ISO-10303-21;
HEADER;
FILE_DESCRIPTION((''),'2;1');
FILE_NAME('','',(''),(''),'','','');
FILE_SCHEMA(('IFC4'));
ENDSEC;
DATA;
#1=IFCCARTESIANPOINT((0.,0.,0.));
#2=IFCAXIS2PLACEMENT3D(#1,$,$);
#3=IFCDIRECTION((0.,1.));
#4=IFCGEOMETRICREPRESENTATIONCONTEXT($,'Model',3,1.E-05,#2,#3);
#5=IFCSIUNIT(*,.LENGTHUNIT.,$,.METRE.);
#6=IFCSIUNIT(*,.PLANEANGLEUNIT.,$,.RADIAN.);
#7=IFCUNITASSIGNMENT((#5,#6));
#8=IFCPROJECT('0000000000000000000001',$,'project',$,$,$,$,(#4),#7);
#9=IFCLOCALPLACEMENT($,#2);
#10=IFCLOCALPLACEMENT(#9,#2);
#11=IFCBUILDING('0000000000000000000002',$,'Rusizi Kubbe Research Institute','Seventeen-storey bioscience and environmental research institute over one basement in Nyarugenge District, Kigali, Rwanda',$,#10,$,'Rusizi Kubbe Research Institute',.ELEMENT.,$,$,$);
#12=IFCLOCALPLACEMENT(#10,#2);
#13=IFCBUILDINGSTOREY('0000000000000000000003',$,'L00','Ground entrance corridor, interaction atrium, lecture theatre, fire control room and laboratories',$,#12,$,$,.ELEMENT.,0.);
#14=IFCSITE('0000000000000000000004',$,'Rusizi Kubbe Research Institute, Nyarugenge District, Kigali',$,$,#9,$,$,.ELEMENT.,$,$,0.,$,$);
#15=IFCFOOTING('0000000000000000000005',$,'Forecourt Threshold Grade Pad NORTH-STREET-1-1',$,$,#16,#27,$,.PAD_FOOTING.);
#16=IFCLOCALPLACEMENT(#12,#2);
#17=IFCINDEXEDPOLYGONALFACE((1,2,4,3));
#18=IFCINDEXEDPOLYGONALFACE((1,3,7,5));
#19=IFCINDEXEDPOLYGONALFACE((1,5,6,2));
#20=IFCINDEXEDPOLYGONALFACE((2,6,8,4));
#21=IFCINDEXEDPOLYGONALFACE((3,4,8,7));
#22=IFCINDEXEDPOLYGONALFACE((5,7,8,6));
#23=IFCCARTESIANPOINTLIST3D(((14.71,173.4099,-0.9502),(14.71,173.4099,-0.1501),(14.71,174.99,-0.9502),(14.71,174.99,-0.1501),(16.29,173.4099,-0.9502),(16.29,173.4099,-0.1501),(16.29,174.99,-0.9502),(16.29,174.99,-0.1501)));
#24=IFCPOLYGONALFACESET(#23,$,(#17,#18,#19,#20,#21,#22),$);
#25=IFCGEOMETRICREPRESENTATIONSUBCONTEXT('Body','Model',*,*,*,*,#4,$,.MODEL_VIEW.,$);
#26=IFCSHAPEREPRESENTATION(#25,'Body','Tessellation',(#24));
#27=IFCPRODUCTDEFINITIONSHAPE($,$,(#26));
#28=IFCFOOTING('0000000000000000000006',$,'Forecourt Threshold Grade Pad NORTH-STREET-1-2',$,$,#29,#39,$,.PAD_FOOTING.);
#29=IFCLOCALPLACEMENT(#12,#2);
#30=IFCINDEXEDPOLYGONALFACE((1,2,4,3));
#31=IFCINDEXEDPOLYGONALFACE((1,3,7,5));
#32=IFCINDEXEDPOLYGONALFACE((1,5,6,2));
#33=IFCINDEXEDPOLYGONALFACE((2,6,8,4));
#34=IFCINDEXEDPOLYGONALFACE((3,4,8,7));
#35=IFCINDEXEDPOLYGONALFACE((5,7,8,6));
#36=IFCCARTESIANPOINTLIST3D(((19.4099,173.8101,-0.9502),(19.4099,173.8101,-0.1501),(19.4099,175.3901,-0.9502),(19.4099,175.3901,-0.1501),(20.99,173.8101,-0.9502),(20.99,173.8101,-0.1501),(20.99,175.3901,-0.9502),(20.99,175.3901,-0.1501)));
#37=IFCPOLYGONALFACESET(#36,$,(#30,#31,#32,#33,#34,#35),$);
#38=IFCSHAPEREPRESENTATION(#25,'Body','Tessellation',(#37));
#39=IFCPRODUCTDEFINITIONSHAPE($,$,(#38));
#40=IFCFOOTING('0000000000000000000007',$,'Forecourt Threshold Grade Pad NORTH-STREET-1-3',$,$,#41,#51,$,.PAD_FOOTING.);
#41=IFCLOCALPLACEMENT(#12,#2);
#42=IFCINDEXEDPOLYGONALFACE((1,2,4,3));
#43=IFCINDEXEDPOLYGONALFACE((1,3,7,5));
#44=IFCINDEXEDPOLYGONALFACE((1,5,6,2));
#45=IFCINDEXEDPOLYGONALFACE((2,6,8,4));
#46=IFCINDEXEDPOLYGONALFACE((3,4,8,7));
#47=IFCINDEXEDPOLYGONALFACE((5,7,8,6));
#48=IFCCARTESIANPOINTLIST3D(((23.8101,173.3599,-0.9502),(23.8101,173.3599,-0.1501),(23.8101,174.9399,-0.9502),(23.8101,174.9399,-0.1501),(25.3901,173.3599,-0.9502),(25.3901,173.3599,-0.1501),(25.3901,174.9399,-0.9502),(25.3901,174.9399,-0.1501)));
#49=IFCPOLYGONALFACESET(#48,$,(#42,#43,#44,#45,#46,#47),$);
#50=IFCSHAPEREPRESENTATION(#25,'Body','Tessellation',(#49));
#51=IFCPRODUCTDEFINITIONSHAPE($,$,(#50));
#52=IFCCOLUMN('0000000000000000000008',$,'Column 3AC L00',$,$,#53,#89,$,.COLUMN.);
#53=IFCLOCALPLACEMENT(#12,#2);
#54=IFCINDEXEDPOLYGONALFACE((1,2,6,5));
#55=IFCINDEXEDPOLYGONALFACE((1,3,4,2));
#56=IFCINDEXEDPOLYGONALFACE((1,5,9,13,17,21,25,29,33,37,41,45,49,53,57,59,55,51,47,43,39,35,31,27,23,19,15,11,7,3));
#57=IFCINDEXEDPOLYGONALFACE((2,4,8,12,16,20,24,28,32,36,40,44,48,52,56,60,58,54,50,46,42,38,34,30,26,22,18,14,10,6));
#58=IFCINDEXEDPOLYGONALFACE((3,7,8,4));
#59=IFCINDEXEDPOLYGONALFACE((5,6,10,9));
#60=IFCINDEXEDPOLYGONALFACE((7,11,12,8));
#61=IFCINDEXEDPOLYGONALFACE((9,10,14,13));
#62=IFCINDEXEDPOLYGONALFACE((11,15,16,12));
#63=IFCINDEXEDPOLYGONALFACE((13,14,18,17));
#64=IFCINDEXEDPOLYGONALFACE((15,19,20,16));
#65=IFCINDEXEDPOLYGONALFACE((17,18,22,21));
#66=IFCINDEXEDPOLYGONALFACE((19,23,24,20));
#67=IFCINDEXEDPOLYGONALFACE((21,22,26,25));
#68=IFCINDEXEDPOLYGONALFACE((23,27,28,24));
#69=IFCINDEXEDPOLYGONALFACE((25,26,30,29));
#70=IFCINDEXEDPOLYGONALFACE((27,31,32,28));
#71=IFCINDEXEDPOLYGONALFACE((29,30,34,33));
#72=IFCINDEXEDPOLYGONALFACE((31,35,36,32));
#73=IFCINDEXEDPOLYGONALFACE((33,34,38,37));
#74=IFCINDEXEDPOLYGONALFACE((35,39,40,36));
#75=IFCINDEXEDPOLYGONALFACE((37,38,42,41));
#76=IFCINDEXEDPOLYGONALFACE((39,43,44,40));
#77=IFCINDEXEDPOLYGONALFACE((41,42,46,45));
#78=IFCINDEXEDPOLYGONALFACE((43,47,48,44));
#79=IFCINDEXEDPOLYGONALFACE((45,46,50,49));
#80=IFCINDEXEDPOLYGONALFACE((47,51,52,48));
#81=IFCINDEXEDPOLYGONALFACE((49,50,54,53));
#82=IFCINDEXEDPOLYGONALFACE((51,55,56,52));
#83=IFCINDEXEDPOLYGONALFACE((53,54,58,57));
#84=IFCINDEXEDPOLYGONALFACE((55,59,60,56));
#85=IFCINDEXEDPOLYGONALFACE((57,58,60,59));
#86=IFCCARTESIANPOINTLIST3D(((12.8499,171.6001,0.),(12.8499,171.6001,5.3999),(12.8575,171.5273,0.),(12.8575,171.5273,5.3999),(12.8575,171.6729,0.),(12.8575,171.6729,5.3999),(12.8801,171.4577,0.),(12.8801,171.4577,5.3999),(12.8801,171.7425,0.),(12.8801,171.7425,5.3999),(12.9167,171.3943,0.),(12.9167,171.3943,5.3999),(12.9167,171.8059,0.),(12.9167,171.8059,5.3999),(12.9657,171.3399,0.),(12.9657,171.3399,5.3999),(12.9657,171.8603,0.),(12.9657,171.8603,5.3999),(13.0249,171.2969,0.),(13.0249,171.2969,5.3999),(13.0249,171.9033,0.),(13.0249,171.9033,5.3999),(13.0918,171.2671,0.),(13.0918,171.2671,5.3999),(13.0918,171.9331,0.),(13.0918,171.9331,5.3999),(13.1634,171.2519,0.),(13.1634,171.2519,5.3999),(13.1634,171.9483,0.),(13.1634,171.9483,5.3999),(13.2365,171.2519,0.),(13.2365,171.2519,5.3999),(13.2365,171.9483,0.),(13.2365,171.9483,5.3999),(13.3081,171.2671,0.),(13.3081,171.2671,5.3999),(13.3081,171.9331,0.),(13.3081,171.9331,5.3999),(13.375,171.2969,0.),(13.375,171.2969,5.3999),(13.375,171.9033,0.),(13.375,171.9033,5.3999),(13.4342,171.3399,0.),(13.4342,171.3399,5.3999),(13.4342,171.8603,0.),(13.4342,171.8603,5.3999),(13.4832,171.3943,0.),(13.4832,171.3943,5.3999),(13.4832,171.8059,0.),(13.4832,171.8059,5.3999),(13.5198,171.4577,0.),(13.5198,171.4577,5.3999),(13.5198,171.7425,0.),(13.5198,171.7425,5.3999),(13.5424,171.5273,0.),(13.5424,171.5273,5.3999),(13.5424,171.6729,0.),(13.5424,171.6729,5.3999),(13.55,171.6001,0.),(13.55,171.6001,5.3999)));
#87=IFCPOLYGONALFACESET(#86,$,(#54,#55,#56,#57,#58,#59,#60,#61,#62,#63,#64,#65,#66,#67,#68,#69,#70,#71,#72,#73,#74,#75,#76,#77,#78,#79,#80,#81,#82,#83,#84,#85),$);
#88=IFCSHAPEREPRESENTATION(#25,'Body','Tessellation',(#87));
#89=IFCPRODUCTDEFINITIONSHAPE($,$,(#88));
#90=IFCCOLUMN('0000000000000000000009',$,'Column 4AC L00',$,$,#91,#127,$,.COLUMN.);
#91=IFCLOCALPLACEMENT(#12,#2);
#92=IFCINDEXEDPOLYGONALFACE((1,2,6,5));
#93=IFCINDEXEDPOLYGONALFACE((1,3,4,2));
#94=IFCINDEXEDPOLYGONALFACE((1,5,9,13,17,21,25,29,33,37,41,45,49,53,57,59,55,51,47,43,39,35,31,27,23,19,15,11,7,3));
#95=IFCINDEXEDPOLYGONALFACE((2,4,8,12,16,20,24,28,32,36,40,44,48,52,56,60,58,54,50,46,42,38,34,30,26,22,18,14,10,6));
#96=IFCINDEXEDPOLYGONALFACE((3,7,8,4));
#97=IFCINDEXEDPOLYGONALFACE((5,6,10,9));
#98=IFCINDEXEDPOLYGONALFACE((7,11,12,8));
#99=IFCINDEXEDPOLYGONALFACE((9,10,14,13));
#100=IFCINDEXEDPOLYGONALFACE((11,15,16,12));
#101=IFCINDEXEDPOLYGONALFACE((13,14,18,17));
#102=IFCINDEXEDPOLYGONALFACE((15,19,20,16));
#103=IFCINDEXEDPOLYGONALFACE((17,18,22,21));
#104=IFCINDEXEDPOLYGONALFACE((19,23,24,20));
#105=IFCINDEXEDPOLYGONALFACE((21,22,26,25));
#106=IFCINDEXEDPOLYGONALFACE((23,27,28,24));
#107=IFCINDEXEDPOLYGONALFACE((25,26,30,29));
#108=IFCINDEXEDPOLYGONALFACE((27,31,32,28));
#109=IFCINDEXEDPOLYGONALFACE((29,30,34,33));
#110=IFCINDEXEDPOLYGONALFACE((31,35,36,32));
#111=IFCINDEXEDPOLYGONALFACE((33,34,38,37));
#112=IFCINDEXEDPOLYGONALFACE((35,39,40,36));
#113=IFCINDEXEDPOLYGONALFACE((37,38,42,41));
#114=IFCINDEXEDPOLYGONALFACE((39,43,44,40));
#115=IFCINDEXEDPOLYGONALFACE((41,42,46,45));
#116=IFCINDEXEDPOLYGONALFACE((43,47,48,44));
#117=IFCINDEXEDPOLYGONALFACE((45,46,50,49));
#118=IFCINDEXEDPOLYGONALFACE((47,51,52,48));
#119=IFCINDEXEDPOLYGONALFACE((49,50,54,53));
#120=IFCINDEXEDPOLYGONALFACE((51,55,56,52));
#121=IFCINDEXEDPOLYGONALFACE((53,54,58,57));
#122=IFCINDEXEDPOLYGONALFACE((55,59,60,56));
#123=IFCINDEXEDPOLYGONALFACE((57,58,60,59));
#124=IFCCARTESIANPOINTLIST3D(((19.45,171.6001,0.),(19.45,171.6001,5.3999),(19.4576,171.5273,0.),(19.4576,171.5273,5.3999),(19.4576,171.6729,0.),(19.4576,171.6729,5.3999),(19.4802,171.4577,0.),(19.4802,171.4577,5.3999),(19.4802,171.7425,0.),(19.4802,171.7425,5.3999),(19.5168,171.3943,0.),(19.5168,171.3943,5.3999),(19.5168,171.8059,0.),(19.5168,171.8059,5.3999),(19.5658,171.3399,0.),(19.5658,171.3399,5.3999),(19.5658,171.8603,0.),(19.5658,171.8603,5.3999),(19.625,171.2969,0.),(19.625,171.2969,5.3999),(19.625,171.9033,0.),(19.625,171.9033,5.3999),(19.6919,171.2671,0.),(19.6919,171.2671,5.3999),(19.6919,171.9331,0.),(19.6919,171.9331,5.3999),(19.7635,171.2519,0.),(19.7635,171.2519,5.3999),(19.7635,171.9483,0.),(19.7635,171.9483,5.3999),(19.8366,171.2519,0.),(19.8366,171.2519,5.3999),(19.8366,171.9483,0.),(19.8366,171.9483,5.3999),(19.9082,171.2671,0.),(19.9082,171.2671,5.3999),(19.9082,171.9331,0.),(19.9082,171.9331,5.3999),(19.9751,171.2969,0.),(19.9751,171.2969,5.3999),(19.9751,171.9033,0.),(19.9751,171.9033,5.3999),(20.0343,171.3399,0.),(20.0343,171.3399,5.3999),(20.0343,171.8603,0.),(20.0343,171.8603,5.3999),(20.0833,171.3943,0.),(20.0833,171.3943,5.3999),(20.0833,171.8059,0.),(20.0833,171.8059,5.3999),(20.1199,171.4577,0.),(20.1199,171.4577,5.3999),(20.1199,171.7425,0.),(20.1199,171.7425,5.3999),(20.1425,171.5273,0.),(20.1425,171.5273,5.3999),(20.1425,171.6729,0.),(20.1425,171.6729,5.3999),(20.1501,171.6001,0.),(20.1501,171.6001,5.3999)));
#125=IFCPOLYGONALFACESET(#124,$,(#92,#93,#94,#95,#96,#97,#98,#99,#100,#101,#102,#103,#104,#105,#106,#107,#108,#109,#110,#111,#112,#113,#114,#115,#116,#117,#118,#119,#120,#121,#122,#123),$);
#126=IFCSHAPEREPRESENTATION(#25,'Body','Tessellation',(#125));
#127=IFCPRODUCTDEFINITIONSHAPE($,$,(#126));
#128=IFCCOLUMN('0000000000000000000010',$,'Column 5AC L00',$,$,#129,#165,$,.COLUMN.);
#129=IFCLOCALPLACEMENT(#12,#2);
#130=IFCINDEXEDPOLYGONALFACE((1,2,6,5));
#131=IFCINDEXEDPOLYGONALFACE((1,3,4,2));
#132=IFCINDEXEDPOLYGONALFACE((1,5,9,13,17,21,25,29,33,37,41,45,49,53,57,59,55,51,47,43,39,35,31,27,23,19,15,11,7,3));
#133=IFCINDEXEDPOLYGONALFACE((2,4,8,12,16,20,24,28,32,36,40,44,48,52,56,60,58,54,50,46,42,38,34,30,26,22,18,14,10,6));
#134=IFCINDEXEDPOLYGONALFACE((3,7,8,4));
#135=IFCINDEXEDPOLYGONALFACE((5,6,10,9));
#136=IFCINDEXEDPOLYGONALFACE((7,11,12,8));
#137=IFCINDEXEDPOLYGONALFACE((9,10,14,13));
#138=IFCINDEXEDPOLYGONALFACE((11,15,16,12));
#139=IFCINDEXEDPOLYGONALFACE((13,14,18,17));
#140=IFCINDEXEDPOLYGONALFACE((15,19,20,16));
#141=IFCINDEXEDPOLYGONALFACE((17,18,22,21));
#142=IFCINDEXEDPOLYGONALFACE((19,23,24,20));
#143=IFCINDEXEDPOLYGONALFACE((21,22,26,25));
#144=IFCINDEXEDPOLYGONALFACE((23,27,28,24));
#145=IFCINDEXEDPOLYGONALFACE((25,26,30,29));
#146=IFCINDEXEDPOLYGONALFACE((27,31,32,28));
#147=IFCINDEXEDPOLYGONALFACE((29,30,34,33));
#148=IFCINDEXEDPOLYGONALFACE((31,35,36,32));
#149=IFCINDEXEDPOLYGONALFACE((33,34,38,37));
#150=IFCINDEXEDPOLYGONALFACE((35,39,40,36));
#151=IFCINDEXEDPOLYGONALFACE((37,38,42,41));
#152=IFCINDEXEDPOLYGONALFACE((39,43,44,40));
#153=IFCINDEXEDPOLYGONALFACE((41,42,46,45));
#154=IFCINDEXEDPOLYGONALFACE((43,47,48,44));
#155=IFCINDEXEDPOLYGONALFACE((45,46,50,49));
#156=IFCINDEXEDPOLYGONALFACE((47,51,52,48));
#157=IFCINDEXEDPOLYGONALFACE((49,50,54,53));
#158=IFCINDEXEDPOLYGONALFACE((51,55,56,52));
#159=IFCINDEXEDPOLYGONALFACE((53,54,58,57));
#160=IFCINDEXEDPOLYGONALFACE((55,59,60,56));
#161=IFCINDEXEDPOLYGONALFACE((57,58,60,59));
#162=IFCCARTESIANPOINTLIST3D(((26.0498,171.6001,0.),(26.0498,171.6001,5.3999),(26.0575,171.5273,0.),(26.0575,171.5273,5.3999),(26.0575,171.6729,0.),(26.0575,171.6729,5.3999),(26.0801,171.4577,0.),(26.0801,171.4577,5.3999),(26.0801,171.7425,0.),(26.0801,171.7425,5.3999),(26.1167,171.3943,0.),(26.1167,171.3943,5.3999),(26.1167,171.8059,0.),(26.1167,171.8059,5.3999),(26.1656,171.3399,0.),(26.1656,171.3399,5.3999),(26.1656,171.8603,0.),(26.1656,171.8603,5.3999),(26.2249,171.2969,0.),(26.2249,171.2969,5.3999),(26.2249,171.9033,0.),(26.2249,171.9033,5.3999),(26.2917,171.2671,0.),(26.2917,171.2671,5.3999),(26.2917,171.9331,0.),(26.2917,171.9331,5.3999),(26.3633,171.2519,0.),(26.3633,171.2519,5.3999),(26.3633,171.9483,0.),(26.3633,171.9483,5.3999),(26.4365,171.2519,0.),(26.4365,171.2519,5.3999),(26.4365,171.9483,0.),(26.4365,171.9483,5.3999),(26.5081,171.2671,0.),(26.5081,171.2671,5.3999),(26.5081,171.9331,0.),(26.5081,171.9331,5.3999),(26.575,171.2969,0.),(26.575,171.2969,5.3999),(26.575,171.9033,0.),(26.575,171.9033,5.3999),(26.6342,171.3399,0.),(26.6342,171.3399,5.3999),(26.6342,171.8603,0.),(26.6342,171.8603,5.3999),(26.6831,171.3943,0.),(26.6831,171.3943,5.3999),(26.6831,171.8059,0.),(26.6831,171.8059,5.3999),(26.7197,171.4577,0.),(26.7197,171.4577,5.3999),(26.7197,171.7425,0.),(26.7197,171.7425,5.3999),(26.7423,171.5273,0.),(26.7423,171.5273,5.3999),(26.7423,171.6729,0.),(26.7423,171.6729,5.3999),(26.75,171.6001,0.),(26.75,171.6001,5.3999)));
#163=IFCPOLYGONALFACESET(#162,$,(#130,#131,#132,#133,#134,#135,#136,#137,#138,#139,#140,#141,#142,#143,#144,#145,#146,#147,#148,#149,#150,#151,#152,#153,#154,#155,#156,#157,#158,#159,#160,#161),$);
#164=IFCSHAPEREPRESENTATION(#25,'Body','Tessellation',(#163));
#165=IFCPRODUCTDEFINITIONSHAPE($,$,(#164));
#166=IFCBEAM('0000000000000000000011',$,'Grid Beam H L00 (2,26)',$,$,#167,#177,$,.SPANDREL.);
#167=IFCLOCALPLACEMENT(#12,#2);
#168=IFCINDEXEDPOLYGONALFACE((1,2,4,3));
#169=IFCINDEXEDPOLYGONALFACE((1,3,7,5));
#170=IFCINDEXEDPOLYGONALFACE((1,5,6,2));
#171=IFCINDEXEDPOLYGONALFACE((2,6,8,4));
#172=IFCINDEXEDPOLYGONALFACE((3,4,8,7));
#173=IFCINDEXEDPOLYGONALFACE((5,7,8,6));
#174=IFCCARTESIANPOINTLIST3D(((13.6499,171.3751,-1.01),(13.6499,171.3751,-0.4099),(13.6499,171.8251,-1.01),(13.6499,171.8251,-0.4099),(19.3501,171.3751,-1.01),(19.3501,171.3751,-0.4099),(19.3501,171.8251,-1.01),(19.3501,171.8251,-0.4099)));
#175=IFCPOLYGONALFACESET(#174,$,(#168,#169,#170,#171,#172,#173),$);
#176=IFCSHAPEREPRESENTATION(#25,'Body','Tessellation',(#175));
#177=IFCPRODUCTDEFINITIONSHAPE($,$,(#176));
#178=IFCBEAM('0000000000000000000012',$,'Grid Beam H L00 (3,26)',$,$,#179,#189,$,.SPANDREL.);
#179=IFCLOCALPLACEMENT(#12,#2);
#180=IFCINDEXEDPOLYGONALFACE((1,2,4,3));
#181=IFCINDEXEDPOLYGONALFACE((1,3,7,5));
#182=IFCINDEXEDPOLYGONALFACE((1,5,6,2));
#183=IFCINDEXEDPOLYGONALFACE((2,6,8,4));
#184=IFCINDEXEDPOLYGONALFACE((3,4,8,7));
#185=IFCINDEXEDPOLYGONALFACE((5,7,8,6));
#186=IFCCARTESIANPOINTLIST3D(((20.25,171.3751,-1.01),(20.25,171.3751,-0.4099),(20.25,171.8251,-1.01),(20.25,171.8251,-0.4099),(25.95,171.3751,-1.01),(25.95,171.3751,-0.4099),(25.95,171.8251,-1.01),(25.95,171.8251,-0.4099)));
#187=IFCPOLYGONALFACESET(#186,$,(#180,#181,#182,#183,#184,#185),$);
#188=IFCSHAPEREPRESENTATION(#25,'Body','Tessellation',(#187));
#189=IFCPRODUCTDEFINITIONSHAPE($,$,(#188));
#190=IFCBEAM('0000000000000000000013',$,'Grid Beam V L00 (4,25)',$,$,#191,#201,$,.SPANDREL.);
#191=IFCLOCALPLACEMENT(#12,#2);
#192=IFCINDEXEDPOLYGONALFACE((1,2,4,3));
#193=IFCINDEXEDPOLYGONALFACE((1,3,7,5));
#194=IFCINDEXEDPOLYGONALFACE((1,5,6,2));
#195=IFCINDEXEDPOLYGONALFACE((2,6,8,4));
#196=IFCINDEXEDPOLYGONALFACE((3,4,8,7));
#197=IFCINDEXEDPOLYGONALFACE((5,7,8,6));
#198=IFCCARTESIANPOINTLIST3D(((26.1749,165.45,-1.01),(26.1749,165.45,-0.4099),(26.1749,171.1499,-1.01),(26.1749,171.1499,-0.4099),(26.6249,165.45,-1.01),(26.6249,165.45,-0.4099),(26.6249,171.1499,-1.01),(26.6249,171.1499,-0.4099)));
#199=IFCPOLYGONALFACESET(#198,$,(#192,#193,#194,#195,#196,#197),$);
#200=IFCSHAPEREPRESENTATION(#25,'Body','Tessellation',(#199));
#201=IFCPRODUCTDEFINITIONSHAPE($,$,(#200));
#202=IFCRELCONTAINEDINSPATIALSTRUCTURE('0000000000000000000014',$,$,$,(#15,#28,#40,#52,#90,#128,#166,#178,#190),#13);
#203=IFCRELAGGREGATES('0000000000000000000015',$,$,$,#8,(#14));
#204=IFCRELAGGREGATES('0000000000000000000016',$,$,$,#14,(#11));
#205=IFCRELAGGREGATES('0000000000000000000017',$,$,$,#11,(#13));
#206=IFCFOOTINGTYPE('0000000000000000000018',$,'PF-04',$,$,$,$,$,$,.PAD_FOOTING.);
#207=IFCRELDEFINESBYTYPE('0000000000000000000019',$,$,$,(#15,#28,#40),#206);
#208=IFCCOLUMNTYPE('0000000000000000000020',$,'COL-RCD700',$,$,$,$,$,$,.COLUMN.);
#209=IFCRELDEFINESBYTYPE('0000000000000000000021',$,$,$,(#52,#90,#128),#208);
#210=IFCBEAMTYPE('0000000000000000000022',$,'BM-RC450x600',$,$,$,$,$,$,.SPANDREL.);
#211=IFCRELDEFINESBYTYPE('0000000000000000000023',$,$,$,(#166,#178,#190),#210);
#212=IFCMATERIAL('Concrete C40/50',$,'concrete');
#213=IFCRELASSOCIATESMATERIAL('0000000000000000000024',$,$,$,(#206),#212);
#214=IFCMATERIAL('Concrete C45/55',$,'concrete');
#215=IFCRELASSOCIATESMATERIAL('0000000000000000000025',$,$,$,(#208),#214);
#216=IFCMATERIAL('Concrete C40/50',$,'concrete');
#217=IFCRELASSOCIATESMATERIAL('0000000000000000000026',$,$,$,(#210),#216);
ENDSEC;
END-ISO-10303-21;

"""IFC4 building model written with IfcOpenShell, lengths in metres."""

from ifc_helpers import new_model, si_unit, direction, frame, origin, origin_2d, place, context, subcontext, project, spatial, rectangle, circle, extrude, material, material_profile, profile_set, type_object, element, save


model = new_model("IFC4")

# Units and contexts
model_context = context("Model", 3, precision=1e-05, world=origin(), true_north=direction((0.0, 1.0)))
body_context = subcontext(model_context, "Body", "Model", "MODEL_VIEW")
ifc_project = project(units=[si_unit("LENGTHUNIT", "METRE"), si_unit("PLANEANGLEUNIT", "RADIAN")], contexts=[model_context])

# Site, building, storey
site_placement = place(None, origin())
site = spatial("IfcSite", under=ifc_project, at=site_placement, Name="Rusizi Kubbe Research Institute, Nyarugenge District, Kigali", CompositionType="ELEMENT", RefElevation=0.0)
building_placement = place(site_placement, origin())
building = spatial("IfcBuilding", under=site, at=building_placement, Name="Rusizi Kubbe Research Institute", Description="Seventeen-storey bioscience and environmental research institute over one basement in Nyarugenge District, Kigali, Rwanda", LongName="Rusizi Kubbe Research Institute", CompositionType="ELEMENT")
storey_placement = place(building_placement, origin())
storey = spatial("IfcBuildingStorey", under=building, at=storey_placement, Name="L00", Description="Ground entrance corridor, interaction atrium, lecture theatre, fire control room and laboratories", CompositionType="ELEMENT", Elevation=0.0)

# Footings
ifc_material_1 = material(Name="Concrete C40/50", Category="concrete")
footing_type = type_object("IfcFootingType", Name="PF-04", PredefinedType="PAD_FOOTING", material=ifc_material_1)
for number, where, z_axis, x_axis, name in (
    (1, (15.5, 174.2, -0.9502), (0.0, 0.0, 1.0), (1.0, 0.0, 0.0), "Forecourt Threshold Grade Pad NORTH-STREET-1-1"),
    (2, (20.2, 174.6001, -0.9502), (0.0, 0.0, 1.0), (1.0, 0.0, 0.0), "Forecourt Threshold Grade Pad NORTH-STREET-1-2"),
    (3, (24.6001, 174.1499, -0.9502), (0.0, 0.0, 1.0), (1.0, 0.0, 0.0), "Forecourt Threshold Grade Pad NORTH-STREET-1-3"),
):
    element("IfcFooting", number, at=place(storey_placement, frame(where, z_axis=z_axis, x_axis=x_axis)), inside=storey, type_object=footing_type, Name=name, PredefinedType="PAD_FOOTING", context=body_context, shape_type="SweptSolid", body=[
        extrude(rectangle(XDim=1.5801, YDim=1.5801, at=origin_2d()), origin(), (0.0, 0.0, 1.0), 0.8),
    ])

# Columns
ifc_material_2 = material(Name="Concrete C45/55", Category="concrete")
ifc_material_profile_1 = material_profile(ifc_material_2, circle(Radius=0.3501, at=origin_2d()), Name="RCD700")
ifc_profile_set_1 = profile_set([ifc_material_profile_1], Name="Concrete C45/55")
column_type = type_object("IfcColumnType", Name="COL-RCD700", PredefinedType="COLUMN", material=ifc_profile_set_1)
for number, where, z_axis, x_axis, name in (
    (4, (13.2, 171.6001, 0.0), (0.0, 0.0, 1.0), (1.0, 0.0, 0.0), "Column 3AC L00"),
    (5, (19.8, 171.6001, 0.0), (0.0, 0.0, 1.0), (1.0, 0.0, 0.0), "Column 4AC L00"),
    (6, (26.3999, 171.6001, 0.0), (0.0, 0.0, 1.0), (1.0, 0.0, 0.0), "Column 5AC L00"),
):
    element("IfcColumn", number, at=place(storey_placement, frame(where, z_axis=z_axis, x_axis=x_axis)), inside=storey, type_object=column_type, Name=name, PredefinedType="COLUMN", context=body_context, shape_type="SweptSolid", body=[
        extrude(circle(Radius=0.3501, at=origin_2d()), origin(), (0.0, 0.0, 1.0), 5.3999),
    ])

# Beams
ifc_material_3 = material(Name="Concrete C40/50", Category="concrete")
ifc_material_profile_2 = material_profile(ifc_material_3, rectangle(XDim=0.45, YDim=0.6001, at=origin_2d()), Name="RC450x600")
ifc_profile_set_2 = profile_set([ifc_material_profile_2], Name="Concrete C40/50")
beam_type_1 = type_object("IfcBeamType", Name="BM-RC450x600", PredefinedType="SPANDREL", material=ifc_profile_set_2)
beam_placement = place(storey_placement, frame((13.6499, 171.6001, -0.71), z_axis=(1.0, 0.0, 0.0), x_axis=(0.0, 1.0, 0.0)))
element("IfcBeam", 7, at=beam_placement, inside=storey, type_object=beam_type_1, Name="Grid Beam H L00 (2,26)", PredefinedType="SPANDREL", context=body_context, shape_type="SweptSolid", body=[
    extrude(rectangle(XDim=0.45, YDim=0.6001, at=origin_2d()), origin(), (0.0, 0.0, 1.0), 5.7002),
])
for number, where, z_axis, x_axis, name in (
    (8, (20.25, 171.6001, -0.71), (1.0, 0.0, 0.0), (0.0, 1.0, 0.0), "Grid Beam H L00 (3,26)"),
    (9, (26.3999, 165.45, -0.71), (0.0, 1.0, 0.0), (-1.0, 0.0, 0.0), "Grid Beam V L00 (4,25)"),
):
    element("IfcBeam", number, at=place(storey_placement, frame(where, z_axis=z_axis, x_axis=x_axis)), inside=storey, type_object=beam_type_1, Name=name, PredefinedType="SPANDREL", context=body_context, shape_type="SweptSolid", body=[
        extrude(rectangle(XDim=0.45, YDim=0.6001, at=origin_2d()), origin(), (0.0, 0.0, 1.0), 5.7),
    ])

save(model, "model.ifc")
